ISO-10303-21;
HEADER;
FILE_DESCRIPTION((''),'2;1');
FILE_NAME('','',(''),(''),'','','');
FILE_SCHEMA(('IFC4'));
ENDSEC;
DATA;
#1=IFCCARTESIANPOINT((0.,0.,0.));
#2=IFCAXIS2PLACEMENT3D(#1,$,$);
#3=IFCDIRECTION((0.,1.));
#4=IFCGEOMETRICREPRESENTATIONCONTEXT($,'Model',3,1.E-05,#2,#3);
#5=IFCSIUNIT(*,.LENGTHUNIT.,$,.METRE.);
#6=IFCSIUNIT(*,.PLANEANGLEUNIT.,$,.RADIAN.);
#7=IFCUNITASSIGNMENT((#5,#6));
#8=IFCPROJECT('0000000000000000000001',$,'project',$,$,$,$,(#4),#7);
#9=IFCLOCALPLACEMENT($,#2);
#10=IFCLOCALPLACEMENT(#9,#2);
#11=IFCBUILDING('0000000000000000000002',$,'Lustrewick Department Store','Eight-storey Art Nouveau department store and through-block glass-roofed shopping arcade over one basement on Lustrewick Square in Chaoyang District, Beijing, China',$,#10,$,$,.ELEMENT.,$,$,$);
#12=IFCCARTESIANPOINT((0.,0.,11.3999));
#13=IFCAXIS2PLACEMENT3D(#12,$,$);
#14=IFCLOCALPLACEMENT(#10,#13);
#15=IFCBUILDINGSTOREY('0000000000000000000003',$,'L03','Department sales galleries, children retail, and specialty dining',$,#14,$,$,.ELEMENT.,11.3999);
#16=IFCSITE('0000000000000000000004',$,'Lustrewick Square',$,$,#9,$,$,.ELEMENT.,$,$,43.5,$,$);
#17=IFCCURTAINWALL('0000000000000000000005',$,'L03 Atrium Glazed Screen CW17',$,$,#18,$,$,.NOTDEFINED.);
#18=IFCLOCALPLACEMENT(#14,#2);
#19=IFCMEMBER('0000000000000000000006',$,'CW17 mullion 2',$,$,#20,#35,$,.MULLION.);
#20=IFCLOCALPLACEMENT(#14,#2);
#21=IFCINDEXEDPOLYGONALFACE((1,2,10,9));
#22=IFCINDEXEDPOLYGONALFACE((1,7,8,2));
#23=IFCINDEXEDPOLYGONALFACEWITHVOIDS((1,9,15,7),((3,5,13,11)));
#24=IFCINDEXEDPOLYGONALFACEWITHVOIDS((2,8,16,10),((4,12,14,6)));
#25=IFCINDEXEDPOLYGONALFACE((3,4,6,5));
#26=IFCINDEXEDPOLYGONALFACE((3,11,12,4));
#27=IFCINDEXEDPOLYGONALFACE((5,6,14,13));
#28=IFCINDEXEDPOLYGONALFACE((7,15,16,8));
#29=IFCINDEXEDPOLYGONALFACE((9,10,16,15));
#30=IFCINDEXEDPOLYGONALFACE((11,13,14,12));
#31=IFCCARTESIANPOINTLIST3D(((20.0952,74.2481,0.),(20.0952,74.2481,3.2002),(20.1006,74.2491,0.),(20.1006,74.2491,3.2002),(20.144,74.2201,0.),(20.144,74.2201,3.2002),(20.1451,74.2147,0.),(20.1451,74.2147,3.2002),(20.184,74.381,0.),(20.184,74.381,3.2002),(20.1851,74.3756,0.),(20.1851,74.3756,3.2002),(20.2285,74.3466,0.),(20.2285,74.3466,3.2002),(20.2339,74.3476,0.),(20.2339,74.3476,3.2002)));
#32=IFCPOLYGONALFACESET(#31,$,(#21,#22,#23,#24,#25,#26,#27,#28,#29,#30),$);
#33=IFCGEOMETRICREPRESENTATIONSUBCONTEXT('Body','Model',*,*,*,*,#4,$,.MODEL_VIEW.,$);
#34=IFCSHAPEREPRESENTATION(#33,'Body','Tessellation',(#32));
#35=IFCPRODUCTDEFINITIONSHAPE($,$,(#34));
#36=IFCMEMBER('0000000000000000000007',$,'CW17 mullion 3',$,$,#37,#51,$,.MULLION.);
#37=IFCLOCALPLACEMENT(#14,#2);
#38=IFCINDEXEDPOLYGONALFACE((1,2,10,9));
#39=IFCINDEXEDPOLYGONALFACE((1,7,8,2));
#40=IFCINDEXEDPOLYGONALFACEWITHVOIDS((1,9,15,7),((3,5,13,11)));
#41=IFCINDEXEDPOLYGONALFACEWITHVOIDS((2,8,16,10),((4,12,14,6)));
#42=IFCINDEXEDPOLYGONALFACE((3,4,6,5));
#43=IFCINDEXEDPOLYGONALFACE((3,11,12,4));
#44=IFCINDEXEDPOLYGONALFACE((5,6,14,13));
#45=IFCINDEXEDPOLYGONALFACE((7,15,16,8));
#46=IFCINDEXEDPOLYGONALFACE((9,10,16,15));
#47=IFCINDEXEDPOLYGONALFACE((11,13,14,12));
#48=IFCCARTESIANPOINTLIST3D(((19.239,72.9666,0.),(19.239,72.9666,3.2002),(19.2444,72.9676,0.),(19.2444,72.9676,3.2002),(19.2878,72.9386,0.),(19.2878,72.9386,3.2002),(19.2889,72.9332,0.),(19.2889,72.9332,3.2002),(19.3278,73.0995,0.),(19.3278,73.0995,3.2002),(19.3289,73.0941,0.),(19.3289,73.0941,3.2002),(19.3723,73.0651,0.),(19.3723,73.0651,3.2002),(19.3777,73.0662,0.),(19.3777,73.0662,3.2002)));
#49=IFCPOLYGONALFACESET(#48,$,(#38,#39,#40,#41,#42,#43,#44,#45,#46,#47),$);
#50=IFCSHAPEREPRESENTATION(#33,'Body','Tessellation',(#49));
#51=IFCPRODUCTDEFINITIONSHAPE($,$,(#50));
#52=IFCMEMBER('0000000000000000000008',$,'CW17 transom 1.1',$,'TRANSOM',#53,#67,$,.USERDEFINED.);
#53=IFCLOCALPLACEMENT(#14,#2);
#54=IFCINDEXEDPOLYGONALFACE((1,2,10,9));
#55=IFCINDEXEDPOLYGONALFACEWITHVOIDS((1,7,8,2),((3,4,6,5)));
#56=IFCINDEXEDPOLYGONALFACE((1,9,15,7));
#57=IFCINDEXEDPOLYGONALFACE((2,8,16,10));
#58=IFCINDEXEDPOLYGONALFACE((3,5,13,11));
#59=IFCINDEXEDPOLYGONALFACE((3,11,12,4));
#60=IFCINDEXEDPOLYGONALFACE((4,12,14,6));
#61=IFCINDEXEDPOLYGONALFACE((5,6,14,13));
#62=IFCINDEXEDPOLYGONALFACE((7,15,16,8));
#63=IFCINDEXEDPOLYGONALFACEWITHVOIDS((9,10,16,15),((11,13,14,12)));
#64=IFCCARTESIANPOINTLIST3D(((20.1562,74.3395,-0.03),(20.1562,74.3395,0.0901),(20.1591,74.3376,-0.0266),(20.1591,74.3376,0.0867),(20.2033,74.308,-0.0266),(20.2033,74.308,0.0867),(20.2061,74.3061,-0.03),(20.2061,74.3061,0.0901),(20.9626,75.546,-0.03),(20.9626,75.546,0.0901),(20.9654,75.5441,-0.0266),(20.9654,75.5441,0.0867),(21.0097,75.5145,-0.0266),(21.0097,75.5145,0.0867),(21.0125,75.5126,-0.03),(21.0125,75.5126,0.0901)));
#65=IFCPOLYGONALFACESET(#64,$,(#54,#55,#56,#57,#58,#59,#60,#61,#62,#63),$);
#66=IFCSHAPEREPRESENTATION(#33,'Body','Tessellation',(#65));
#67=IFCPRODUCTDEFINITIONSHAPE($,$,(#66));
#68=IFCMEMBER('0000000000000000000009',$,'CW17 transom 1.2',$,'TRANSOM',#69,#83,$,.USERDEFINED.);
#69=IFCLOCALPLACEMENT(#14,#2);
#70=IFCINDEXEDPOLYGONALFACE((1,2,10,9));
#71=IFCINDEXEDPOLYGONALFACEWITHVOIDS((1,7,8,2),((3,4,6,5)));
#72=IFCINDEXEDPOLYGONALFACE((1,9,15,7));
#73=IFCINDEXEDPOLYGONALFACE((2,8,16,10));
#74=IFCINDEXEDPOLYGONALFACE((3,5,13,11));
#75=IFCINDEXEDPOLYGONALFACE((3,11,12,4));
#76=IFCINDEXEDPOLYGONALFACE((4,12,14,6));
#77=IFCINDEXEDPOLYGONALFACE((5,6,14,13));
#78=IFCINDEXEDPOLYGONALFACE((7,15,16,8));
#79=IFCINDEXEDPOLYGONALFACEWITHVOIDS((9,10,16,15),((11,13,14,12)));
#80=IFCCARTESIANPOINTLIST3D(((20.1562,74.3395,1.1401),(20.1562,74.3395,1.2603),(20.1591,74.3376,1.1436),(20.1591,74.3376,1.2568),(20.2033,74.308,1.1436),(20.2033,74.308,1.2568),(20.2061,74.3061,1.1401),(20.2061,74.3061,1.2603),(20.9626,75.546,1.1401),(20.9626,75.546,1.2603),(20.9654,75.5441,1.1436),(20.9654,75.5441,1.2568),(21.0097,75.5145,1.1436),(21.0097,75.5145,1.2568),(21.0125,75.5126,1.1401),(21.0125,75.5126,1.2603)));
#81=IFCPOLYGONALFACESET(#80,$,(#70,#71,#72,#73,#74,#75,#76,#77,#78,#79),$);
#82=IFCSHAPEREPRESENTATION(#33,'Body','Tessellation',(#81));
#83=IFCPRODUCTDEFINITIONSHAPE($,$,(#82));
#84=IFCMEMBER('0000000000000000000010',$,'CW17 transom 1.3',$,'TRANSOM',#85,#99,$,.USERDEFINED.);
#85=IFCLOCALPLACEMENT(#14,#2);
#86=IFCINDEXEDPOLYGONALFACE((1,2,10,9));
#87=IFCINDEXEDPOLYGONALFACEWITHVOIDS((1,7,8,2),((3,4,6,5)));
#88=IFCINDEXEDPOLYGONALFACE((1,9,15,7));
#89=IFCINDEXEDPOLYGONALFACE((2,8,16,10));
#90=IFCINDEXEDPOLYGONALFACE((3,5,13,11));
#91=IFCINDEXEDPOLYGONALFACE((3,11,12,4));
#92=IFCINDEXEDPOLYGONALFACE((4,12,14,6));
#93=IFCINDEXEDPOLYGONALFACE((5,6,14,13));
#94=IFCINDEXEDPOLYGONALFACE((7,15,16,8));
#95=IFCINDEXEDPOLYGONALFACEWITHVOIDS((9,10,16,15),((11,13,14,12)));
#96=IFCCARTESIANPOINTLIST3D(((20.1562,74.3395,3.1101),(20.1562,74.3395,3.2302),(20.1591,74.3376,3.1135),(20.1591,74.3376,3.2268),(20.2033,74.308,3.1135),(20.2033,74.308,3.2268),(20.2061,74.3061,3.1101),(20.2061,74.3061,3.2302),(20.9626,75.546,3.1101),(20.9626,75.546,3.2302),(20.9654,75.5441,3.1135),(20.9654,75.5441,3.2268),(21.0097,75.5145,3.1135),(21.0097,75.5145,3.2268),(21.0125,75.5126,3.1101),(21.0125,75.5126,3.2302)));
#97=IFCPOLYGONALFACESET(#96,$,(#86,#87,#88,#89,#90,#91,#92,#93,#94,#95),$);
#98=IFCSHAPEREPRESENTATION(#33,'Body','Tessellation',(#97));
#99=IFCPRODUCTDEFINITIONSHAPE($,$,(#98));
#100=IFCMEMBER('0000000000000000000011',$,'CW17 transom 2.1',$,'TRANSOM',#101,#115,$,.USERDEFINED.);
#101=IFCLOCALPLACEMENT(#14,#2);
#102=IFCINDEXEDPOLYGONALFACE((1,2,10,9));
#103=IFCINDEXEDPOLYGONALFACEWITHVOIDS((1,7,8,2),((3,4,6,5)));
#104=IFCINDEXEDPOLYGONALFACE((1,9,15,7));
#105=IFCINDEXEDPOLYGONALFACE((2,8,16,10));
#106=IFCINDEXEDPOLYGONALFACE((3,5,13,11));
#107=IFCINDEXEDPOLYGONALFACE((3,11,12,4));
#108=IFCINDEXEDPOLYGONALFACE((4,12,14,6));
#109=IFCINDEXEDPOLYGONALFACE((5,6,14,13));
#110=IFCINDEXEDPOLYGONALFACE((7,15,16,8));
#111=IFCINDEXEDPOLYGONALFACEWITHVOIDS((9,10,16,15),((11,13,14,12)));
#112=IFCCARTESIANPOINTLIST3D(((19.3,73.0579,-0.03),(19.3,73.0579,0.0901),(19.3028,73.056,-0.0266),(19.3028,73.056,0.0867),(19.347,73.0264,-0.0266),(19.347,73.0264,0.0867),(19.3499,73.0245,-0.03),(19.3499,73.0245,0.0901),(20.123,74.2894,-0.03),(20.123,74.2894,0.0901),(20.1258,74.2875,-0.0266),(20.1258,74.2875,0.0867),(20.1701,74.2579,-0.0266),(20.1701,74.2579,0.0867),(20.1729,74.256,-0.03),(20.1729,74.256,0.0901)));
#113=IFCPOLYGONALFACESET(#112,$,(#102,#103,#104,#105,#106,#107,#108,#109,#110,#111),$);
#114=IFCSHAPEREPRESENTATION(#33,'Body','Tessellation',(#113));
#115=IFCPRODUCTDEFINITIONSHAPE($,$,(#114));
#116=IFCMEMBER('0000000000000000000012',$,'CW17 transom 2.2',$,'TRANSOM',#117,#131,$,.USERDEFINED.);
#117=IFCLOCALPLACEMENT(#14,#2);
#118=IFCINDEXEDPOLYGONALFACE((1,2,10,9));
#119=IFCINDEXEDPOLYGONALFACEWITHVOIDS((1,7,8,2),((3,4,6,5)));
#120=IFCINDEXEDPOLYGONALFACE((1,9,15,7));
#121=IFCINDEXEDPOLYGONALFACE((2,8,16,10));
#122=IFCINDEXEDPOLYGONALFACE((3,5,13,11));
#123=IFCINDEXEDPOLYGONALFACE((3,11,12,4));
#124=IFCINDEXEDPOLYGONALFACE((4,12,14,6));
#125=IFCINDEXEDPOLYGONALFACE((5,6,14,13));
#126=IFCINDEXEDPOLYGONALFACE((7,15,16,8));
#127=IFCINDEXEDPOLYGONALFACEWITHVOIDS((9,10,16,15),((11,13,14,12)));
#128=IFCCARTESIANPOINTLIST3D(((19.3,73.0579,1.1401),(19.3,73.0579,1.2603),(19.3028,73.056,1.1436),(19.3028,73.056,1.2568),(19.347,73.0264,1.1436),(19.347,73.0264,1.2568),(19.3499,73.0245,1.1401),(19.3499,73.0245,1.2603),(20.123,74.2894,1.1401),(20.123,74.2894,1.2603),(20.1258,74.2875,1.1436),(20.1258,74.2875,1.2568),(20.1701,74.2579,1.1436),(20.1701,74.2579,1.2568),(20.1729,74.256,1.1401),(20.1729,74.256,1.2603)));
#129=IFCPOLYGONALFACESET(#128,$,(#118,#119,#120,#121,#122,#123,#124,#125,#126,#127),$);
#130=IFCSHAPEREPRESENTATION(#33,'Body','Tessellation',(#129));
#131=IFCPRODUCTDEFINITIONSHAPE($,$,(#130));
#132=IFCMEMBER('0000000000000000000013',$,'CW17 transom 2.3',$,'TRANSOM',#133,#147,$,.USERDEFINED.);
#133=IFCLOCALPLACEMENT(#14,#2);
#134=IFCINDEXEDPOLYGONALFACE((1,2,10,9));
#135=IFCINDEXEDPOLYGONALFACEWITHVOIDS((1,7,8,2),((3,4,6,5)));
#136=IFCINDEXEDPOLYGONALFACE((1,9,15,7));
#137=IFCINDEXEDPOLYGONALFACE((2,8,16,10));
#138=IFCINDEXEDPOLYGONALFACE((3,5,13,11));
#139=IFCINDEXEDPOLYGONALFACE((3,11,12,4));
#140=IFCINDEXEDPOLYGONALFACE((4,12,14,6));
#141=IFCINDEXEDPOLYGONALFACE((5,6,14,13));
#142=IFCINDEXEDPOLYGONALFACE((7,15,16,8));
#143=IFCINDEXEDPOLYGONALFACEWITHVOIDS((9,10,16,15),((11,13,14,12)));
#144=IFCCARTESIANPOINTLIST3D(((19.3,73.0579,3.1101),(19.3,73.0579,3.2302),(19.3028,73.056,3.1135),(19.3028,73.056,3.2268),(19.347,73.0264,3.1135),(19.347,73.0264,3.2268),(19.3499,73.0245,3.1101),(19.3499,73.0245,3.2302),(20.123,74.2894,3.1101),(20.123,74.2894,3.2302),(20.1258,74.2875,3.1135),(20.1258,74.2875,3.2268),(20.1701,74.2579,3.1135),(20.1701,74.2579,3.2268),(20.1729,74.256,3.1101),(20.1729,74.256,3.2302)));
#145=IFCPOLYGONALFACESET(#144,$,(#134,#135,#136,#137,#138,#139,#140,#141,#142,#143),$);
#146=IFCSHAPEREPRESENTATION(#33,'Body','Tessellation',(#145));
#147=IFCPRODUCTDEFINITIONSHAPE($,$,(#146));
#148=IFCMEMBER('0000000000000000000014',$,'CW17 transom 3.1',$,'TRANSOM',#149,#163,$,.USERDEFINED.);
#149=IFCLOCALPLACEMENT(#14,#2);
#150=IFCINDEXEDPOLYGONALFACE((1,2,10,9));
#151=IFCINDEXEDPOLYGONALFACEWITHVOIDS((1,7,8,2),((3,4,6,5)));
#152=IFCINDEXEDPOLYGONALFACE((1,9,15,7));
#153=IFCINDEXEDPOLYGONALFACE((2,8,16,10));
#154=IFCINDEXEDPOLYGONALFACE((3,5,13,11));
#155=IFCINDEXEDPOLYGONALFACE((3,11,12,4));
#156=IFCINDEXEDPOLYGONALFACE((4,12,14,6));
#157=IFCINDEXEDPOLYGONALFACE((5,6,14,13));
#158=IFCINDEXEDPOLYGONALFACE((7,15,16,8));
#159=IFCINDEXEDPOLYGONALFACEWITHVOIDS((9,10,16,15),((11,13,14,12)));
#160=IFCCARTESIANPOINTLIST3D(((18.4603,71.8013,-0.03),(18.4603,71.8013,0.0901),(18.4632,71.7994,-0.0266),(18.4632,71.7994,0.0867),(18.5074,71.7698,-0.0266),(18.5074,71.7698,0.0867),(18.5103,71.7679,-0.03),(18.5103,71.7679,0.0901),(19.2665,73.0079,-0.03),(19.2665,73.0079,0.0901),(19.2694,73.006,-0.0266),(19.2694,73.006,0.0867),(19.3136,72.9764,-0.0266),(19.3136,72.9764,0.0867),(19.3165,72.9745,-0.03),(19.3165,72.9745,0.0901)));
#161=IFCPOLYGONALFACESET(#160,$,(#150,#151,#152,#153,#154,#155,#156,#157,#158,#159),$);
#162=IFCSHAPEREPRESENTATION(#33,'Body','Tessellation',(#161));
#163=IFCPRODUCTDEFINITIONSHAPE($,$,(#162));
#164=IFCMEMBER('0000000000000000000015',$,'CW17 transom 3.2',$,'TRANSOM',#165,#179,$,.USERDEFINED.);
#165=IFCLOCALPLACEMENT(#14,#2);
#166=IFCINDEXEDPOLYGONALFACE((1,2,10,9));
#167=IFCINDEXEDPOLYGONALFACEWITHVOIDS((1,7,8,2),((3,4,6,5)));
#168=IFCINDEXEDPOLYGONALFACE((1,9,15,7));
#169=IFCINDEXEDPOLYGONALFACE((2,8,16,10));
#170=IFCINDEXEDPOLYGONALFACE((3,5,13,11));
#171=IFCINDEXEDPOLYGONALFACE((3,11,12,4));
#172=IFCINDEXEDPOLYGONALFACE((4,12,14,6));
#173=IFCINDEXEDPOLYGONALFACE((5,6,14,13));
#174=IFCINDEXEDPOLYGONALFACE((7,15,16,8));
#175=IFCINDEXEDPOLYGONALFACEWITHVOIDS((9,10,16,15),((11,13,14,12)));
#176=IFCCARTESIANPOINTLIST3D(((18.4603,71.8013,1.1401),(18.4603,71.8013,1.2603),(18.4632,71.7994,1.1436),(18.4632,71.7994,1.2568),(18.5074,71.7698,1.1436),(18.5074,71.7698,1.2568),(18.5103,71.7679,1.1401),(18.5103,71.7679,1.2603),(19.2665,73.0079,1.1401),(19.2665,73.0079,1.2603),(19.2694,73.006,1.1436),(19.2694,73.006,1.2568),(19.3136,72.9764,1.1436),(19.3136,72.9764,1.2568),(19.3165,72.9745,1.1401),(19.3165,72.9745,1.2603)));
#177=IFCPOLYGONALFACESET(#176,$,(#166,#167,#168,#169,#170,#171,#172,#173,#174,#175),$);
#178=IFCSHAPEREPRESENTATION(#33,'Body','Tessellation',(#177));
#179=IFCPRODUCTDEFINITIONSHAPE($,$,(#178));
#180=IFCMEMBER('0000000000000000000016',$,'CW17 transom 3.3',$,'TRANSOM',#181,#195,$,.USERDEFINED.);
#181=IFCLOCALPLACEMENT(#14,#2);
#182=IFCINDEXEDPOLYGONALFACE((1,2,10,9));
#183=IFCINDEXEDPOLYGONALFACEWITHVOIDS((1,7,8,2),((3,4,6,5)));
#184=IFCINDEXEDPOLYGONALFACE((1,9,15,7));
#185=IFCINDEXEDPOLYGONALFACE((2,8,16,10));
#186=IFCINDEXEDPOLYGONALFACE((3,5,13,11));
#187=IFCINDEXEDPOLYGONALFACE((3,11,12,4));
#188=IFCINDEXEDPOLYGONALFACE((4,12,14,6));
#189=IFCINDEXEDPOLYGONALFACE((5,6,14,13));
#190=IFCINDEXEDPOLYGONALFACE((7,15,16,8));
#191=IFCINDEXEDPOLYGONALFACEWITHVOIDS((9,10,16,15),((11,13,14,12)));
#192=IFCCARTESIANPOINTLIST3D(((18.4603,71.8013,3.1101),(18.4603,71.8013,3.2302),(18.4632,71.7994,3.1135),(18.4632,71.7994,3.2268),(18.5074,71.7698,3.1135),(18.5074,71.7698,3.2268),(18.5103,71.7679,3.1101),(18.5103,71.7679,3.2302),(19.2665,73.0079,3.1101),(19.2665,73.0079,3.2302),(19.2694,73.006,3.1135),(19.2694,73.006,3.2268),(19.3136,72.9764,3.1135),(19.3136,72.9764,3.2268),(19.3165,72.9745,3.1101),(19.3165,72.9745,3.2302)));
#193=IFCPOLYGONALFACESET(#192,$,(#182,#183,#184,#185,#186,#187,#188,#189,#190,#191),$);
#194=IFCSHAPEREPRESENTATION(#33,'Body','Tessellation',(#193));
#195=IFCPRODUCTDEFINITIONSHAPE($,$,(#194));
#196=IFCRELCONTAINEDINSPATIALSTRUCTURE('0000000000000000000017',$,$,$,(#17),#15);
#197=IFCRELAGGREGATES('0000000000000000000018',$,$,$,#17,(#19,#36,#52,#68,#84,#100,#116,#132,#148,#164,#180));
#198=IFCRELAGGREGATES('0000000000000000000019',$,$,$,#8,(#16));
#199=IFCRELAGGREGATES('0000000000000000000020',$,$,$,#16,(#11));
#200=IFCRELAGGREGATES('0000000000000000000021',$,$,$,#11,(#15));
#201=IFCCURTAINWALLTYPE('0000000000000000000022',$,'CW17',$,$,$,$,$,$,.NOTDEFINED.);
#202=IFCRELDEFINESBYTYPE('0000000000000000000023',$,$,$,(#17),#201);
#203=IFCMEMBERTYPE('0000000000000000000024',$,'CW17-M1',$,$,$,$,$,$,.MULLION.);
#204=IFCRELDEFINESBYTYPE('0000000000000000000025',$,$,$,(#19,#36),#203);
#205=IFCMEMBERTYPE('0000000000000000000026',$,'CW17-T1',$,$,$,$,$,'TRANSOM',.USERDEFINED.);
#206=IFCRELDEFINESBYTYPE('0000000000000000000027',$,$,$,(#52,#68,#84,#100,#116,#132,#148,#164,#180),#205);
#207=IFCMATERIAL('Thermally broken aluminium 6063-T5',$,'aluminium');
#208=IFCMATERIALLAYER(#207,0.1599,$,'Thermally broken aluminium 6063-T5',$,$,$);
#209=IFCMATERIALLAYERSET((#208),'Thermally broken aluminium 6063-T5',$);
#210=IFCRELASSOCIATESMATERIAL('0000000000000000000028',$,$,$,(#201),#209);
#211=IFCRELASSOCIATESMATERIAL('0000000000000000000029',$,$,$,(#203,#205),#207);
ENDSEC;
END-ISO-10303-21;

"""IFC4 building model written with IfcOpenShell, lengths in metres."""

from ifc_helpers import new_model, si_unit, direction, frame, origin, origin_2d, place, context, subcontext, project, spatial, hollow_rectangle, extrude, material, layer, layer_set, material_profile, profile_set, type_object, element, aggregate, save


model = new_model("IFC4")

# Units and contexts
model_context = context("Model", 3, precision=1e-05, world=origin(), true_north=direction((0.0, 1.0)))
body_context = subcontext(model_context, "Body", "Model", "MODEL_VIEW")
ifc_project = project(units=[si_unit("LENGTHUNIT", "METRE"), si_unit("PLANEANGLEUNIT", "RADIAN")], contexts=[model_context])

# Site, building, storey
site_placement = place(None, origin())
site = spatial("IfcSite", under=ifc_project, at=site_placement, Name="Lustrewick Square", CompositionType="ELEMENT", RefElevation=43.5)
building_placement = place(site_placement, origin())
building = spatial("IfcBuilding", under=site, at=building_placement, Name="Lustrewick Department Store", Description="Eight-storey Art Nouveau department store and through-block glass-roofed shopping arcade over one basement on Lustrewick Square in Chaoyang District, Beijing, China", CompositionType="ELEMENT")
storey_placement = place(building_placement, frame((0.0, 0.0, 11.3999)))
storey = spatial("IfcBuildingStorey", under=building, at=storey_placement, Name="L03", Description="Department sales galleries, children retail, and specialty dining", CompositionType="ELEMENT", Elevation=11.3999)

# Curtain wall, members
ifc_material_1 = material(Name="Thermally broken aluminium 6063-T5", Category="aluminium")
ifc_layer_1 = layer(ifc_material_1, 0.1599, Name="Thermally broken aluminium 6063-T5")
ifc_layer_set_1 = layer_set([ifc_layer_1], Name="Thermally broken aluminium 6063-T5")
curtain_wall_type_1 = type_object("IfcCurtainWallType", Name="CW17", PredefinedType="NOTDEFINED", material=ifc_layer_set_1)
curtain_wall_1_placement = place(storey_placement, origin())
curtain_wall_1 = element("IfcCurtainWall", 1, at=curtain_wall_1_placement, inside=storey, type_object=curtain_wall_type_1, Name="L03 Atrium Glazed Screen CW17", PredefinedType="NOTDEFINED")
ifc_material_profile_1 = material_profile(ifc_material_1, hollow_rectangle(XDim=0.0601, YDim=0.1599, WallThickness=0.0039, at=origin_2d()), Name="ALU-M 60x160x4")
ifc_profile_set_1 = profile_set([ifc_material_profile_1], Name="Thermally broken aluminium 6063-T5")
member_type_1 = type_object("IfcMemberType", Name="CW17-M1", PredefinedType="MULLION", material=ifc_profile_set_1)
member_1_placement = place(storey_placement, frame((20.1646, 74.2979, 0.0), z_axis=(0.0, 0.0, 1.0), x_axis=(0.831464, -0.555578, 0.0)))
member_1 = element("IfcMember", 2, at=member_1_placement, type_object=member_type_1, Name="CW17 mullion 2", PredefinedType="MULLION", context=body_context, shape_type="SweptSolid", body=[
    extrude(hollow_rectangle(XDim=0.0601, YDim=0.1599, WallThickness=0.0039, at=origin_2d()), origin(), (0.0, 0.0, 1.0), 3.2002),
])
member_2_placement = place(storey_placement, frame((19.3083, 73.0164, 0.0), z_axis=(0.0, 0.0, 1.0), x_axis=(0.831464, -0.555578, 0.0)))
member_2 = element("IfcMember", 3, at=member_2_placement, type_object=member_type_1, Name="CW17 mullion 3", PredefinedType="MULLION", context=body_context, shape_type="SweptSolid", body=[
    extrude(hollow_rectangle(XDim=0.0601, YDim=0.1599, WallThickness=0.0039, at=origin_2d()), origin(), (0.0, 0.0, 1.0), 3.2002),
])
ifc_material_profile_2 = material_profile(ifc_material_1, hollow_rectangle(XDim=0.0601, YDim=0.1201, WallThickness=0.0034, at=origin_2d()), Name="ALU-T 60x120x3.5")
ifc_profile_set_2 = profile_set([ifc_material_profile_2], Name="Thermally broken aluminium 6063-T5")
member_type_2 = type_object("IfcMemberType", Name="CW17-T1", ElementType="TRANSOM", PredefinedType="USERDEFINED", material=ifc_profile_set_2)
member_3_placement = place(storey_placement, frame((20.9875, 75.5293, 0.03), z_axis=(-0.55567, -0.831403, 0.0), x_axis=(0.831403, -0.55567, 0.0)))
member_3 = element("IfcMember", 4, at=member_3_placement, type_object=member_type_2, Name="CW17 transom 1.1", ObjectType="TRANSOM", PredefinedType="USERDEFINED", context=body_context, shape_type="SweptSolid", body=[
    extrude(hollow_rectangle(XDim=0.0601, YDim=0.1201, WallThickness=0.0034, at=origin_2d()), origin(), (0.0, 0.0, 1.0), 1.4512),
])
member_4_placement = place(storey_placement, frame((20.9875, 75.5293, 1.2002), z_axis=(-0.55567, -0.831403, 0.0), x_axis=(0.831403, -0.55567, 0.0)))
member_4 = element("IfcMember", 5, at=member_4_placement, type_object=member_type_2, Name="CW17 transom 1.2", ObjectType="TRANSOM", PredefinedType="USERDEFINED", context=body_context, shape_type="SweptSolid", body=[
    extrude(hollow_rectangle(XDim=0.0601, YDim=0.1201, WallThickness=0.0034, at=origin_2d()), origin(), (0.0, 0.0, 1.0), 1.4512),
])
member_5_placement = place(storey_placement, frame((20.9875, 75.5293, 3.1702), z_axis=(-0.55567, -0.831403, 0.0), x_axis=(0.831403, -0.55567, 0.0)))
member_5 = element("IfcMember", 6, at=member_5_placement, type_object=member_type_2, Name="CW17 transom 1.3", ObjectType="TRANSOM", PredefinedType="USERDEFINED", context=body_context, shape_type="SweptSolid", body=[
    extrude(hollow_rectangle(XDim=0.0601, YDim=0.1201, WallThickness=0.0034, at=origin_2d()), origin(), (0.0, 0.0, 1.0), 1.4512),
])
member_6_placement = place(storey_placement, frame((20.1479, 74.2727, 0.03), z_axis=(-0.555651, -0.831416, 0.0), x_axis=(0.831416, -0.555651, 0.0)))
member_6 = element("IfcMember", 7, at=member_6_placement, type_object=member_type_2, Name="CW17 transom 2.1", ObjectType="TRANSOM", PredefinedType="USERDEFINED", context=body_context, shape_type="SweptSolid", body=[
    extrude(hollow_rectangle(XDim=0.0601, YDim=0.1201, WallThickness=0.0034, at=origin_2d()), origin(), (0.0, 0.0, 1.0), 1.4812),
])
member_7_placement = place(storey_placement, frame((20.1479, 74.2727, 1.2002), z_axis=(-0.555651, -0.831416, 0.0), x_axis=(0.831416, -0.555651, 0.0)))
member_7 = element("IfcMember", 8, at=member_7_placement, type_object=member_type_2, Name="CW17 transom 2.2", ObjectType="TRANSOM", PredefinedType="USERDEFINED", context=body_context, shape_type="SweptSolid", body=[
    extrude(hollow_rectangle(XDim=0.0601, YDim=0.1201, WallThickness=0.0034, at=origin_2d()), origin(), (0.0, 0.0, 1.0), 1.4812),
])
member_8_placement = place(storey_placement, frame((20.1479, 74.2727, 3.1702), z_axis=(-0.555651, -0.831416, 0.0), x_axis=(0.831416, -0.555651, 0.0)))
member_8 = element("IfcMember", 9, at=member_8_placement, type_object=member_type_2, Name="CW17 transom 2.3", ObjectType="TRANSOM", PredefinedType="USERDEFINED", context=body_context, shape_type="SweptSolid", body=[
    extrude(hollow_rectangle(XDim=0.0601, YDim=0.1201, WallThickness=0.0034, at=origin_2d()), origin(), (0.0, 0.0, 1.0), 1.4812),
])
member_9_placement = place(storey_placement, frame((19.2915, 72.9912, 0.03), z_axis=(-0.555554, -0.83148, 0.0), x_axis=(0.83148, -0.555554, 0.0)))
member_9 = element("IfcMember", 10, at=member_9_placement, type_object=member_type_2, Name="CW17 transom 3.1", ObjectType="TRANSOM", PredefinedType="USERDEFINED", context=body_context, shape_type="SweptSolid", body=[
    extrude(hollow_rectangle(XDim=0.0601, YDim=0.1201, WallThickness=0.0034, at=origin_2d()), origin(), (0.0, 0.0, 1.0), 1.4512),
])
member_10_placement = place(storey_placement, frame((19.2915, 72.9912, 1.2002), z_axis=(-0.555554, -0.83148, 0.0), x_axis=(0.83148, -0.555554, 0.0)))
member_10 = element("IfcMember", 11, at=member_10_placement, type_object=member_type_2, Name="CW17 transom 3.2", ObjectType="TRANSOM", PredefinedType="USERDEFINED", context=body_context, shape_type="SweptSolid", body=[
    extrude(hollow_rectangle(XDim=0.0601, YDim=0.1201, WallThickness=0.0034, at=origin_2d()), origin(), (0.0, 0.0, 1.0), 1.4512),
])
member_11_placement = place(storey_placement, frame((19.2915, 72.9912, 3.1702), z_axis=(-0.555554, -0.83148, 0.0), x_axis=(0.83148, -0.555554, 0.0)))
member_11 = element("IfcMember", 12, at=member_11_placement, type_object=member_type_2, Name="CW17 transom 3.3", ObjectType="TRANSOM", PredefinedType="USERDEFINED", context=body_context, shape_type="SweptSolid", body=[
    extrude(hollow_rectangle(XDim=0.0601, YDim=0.1201, WallThickness=0.0034, at=origin_2d()), origin(), (0.0, 0.0, 1.0), 1.4512),
])

aggregate(curtain_wall_1, [member_1, member_2, member_3, member_4, member_5, member_6, member_7, member_8, member_9, member_10, member_11])

save(model, "model.ifc")
